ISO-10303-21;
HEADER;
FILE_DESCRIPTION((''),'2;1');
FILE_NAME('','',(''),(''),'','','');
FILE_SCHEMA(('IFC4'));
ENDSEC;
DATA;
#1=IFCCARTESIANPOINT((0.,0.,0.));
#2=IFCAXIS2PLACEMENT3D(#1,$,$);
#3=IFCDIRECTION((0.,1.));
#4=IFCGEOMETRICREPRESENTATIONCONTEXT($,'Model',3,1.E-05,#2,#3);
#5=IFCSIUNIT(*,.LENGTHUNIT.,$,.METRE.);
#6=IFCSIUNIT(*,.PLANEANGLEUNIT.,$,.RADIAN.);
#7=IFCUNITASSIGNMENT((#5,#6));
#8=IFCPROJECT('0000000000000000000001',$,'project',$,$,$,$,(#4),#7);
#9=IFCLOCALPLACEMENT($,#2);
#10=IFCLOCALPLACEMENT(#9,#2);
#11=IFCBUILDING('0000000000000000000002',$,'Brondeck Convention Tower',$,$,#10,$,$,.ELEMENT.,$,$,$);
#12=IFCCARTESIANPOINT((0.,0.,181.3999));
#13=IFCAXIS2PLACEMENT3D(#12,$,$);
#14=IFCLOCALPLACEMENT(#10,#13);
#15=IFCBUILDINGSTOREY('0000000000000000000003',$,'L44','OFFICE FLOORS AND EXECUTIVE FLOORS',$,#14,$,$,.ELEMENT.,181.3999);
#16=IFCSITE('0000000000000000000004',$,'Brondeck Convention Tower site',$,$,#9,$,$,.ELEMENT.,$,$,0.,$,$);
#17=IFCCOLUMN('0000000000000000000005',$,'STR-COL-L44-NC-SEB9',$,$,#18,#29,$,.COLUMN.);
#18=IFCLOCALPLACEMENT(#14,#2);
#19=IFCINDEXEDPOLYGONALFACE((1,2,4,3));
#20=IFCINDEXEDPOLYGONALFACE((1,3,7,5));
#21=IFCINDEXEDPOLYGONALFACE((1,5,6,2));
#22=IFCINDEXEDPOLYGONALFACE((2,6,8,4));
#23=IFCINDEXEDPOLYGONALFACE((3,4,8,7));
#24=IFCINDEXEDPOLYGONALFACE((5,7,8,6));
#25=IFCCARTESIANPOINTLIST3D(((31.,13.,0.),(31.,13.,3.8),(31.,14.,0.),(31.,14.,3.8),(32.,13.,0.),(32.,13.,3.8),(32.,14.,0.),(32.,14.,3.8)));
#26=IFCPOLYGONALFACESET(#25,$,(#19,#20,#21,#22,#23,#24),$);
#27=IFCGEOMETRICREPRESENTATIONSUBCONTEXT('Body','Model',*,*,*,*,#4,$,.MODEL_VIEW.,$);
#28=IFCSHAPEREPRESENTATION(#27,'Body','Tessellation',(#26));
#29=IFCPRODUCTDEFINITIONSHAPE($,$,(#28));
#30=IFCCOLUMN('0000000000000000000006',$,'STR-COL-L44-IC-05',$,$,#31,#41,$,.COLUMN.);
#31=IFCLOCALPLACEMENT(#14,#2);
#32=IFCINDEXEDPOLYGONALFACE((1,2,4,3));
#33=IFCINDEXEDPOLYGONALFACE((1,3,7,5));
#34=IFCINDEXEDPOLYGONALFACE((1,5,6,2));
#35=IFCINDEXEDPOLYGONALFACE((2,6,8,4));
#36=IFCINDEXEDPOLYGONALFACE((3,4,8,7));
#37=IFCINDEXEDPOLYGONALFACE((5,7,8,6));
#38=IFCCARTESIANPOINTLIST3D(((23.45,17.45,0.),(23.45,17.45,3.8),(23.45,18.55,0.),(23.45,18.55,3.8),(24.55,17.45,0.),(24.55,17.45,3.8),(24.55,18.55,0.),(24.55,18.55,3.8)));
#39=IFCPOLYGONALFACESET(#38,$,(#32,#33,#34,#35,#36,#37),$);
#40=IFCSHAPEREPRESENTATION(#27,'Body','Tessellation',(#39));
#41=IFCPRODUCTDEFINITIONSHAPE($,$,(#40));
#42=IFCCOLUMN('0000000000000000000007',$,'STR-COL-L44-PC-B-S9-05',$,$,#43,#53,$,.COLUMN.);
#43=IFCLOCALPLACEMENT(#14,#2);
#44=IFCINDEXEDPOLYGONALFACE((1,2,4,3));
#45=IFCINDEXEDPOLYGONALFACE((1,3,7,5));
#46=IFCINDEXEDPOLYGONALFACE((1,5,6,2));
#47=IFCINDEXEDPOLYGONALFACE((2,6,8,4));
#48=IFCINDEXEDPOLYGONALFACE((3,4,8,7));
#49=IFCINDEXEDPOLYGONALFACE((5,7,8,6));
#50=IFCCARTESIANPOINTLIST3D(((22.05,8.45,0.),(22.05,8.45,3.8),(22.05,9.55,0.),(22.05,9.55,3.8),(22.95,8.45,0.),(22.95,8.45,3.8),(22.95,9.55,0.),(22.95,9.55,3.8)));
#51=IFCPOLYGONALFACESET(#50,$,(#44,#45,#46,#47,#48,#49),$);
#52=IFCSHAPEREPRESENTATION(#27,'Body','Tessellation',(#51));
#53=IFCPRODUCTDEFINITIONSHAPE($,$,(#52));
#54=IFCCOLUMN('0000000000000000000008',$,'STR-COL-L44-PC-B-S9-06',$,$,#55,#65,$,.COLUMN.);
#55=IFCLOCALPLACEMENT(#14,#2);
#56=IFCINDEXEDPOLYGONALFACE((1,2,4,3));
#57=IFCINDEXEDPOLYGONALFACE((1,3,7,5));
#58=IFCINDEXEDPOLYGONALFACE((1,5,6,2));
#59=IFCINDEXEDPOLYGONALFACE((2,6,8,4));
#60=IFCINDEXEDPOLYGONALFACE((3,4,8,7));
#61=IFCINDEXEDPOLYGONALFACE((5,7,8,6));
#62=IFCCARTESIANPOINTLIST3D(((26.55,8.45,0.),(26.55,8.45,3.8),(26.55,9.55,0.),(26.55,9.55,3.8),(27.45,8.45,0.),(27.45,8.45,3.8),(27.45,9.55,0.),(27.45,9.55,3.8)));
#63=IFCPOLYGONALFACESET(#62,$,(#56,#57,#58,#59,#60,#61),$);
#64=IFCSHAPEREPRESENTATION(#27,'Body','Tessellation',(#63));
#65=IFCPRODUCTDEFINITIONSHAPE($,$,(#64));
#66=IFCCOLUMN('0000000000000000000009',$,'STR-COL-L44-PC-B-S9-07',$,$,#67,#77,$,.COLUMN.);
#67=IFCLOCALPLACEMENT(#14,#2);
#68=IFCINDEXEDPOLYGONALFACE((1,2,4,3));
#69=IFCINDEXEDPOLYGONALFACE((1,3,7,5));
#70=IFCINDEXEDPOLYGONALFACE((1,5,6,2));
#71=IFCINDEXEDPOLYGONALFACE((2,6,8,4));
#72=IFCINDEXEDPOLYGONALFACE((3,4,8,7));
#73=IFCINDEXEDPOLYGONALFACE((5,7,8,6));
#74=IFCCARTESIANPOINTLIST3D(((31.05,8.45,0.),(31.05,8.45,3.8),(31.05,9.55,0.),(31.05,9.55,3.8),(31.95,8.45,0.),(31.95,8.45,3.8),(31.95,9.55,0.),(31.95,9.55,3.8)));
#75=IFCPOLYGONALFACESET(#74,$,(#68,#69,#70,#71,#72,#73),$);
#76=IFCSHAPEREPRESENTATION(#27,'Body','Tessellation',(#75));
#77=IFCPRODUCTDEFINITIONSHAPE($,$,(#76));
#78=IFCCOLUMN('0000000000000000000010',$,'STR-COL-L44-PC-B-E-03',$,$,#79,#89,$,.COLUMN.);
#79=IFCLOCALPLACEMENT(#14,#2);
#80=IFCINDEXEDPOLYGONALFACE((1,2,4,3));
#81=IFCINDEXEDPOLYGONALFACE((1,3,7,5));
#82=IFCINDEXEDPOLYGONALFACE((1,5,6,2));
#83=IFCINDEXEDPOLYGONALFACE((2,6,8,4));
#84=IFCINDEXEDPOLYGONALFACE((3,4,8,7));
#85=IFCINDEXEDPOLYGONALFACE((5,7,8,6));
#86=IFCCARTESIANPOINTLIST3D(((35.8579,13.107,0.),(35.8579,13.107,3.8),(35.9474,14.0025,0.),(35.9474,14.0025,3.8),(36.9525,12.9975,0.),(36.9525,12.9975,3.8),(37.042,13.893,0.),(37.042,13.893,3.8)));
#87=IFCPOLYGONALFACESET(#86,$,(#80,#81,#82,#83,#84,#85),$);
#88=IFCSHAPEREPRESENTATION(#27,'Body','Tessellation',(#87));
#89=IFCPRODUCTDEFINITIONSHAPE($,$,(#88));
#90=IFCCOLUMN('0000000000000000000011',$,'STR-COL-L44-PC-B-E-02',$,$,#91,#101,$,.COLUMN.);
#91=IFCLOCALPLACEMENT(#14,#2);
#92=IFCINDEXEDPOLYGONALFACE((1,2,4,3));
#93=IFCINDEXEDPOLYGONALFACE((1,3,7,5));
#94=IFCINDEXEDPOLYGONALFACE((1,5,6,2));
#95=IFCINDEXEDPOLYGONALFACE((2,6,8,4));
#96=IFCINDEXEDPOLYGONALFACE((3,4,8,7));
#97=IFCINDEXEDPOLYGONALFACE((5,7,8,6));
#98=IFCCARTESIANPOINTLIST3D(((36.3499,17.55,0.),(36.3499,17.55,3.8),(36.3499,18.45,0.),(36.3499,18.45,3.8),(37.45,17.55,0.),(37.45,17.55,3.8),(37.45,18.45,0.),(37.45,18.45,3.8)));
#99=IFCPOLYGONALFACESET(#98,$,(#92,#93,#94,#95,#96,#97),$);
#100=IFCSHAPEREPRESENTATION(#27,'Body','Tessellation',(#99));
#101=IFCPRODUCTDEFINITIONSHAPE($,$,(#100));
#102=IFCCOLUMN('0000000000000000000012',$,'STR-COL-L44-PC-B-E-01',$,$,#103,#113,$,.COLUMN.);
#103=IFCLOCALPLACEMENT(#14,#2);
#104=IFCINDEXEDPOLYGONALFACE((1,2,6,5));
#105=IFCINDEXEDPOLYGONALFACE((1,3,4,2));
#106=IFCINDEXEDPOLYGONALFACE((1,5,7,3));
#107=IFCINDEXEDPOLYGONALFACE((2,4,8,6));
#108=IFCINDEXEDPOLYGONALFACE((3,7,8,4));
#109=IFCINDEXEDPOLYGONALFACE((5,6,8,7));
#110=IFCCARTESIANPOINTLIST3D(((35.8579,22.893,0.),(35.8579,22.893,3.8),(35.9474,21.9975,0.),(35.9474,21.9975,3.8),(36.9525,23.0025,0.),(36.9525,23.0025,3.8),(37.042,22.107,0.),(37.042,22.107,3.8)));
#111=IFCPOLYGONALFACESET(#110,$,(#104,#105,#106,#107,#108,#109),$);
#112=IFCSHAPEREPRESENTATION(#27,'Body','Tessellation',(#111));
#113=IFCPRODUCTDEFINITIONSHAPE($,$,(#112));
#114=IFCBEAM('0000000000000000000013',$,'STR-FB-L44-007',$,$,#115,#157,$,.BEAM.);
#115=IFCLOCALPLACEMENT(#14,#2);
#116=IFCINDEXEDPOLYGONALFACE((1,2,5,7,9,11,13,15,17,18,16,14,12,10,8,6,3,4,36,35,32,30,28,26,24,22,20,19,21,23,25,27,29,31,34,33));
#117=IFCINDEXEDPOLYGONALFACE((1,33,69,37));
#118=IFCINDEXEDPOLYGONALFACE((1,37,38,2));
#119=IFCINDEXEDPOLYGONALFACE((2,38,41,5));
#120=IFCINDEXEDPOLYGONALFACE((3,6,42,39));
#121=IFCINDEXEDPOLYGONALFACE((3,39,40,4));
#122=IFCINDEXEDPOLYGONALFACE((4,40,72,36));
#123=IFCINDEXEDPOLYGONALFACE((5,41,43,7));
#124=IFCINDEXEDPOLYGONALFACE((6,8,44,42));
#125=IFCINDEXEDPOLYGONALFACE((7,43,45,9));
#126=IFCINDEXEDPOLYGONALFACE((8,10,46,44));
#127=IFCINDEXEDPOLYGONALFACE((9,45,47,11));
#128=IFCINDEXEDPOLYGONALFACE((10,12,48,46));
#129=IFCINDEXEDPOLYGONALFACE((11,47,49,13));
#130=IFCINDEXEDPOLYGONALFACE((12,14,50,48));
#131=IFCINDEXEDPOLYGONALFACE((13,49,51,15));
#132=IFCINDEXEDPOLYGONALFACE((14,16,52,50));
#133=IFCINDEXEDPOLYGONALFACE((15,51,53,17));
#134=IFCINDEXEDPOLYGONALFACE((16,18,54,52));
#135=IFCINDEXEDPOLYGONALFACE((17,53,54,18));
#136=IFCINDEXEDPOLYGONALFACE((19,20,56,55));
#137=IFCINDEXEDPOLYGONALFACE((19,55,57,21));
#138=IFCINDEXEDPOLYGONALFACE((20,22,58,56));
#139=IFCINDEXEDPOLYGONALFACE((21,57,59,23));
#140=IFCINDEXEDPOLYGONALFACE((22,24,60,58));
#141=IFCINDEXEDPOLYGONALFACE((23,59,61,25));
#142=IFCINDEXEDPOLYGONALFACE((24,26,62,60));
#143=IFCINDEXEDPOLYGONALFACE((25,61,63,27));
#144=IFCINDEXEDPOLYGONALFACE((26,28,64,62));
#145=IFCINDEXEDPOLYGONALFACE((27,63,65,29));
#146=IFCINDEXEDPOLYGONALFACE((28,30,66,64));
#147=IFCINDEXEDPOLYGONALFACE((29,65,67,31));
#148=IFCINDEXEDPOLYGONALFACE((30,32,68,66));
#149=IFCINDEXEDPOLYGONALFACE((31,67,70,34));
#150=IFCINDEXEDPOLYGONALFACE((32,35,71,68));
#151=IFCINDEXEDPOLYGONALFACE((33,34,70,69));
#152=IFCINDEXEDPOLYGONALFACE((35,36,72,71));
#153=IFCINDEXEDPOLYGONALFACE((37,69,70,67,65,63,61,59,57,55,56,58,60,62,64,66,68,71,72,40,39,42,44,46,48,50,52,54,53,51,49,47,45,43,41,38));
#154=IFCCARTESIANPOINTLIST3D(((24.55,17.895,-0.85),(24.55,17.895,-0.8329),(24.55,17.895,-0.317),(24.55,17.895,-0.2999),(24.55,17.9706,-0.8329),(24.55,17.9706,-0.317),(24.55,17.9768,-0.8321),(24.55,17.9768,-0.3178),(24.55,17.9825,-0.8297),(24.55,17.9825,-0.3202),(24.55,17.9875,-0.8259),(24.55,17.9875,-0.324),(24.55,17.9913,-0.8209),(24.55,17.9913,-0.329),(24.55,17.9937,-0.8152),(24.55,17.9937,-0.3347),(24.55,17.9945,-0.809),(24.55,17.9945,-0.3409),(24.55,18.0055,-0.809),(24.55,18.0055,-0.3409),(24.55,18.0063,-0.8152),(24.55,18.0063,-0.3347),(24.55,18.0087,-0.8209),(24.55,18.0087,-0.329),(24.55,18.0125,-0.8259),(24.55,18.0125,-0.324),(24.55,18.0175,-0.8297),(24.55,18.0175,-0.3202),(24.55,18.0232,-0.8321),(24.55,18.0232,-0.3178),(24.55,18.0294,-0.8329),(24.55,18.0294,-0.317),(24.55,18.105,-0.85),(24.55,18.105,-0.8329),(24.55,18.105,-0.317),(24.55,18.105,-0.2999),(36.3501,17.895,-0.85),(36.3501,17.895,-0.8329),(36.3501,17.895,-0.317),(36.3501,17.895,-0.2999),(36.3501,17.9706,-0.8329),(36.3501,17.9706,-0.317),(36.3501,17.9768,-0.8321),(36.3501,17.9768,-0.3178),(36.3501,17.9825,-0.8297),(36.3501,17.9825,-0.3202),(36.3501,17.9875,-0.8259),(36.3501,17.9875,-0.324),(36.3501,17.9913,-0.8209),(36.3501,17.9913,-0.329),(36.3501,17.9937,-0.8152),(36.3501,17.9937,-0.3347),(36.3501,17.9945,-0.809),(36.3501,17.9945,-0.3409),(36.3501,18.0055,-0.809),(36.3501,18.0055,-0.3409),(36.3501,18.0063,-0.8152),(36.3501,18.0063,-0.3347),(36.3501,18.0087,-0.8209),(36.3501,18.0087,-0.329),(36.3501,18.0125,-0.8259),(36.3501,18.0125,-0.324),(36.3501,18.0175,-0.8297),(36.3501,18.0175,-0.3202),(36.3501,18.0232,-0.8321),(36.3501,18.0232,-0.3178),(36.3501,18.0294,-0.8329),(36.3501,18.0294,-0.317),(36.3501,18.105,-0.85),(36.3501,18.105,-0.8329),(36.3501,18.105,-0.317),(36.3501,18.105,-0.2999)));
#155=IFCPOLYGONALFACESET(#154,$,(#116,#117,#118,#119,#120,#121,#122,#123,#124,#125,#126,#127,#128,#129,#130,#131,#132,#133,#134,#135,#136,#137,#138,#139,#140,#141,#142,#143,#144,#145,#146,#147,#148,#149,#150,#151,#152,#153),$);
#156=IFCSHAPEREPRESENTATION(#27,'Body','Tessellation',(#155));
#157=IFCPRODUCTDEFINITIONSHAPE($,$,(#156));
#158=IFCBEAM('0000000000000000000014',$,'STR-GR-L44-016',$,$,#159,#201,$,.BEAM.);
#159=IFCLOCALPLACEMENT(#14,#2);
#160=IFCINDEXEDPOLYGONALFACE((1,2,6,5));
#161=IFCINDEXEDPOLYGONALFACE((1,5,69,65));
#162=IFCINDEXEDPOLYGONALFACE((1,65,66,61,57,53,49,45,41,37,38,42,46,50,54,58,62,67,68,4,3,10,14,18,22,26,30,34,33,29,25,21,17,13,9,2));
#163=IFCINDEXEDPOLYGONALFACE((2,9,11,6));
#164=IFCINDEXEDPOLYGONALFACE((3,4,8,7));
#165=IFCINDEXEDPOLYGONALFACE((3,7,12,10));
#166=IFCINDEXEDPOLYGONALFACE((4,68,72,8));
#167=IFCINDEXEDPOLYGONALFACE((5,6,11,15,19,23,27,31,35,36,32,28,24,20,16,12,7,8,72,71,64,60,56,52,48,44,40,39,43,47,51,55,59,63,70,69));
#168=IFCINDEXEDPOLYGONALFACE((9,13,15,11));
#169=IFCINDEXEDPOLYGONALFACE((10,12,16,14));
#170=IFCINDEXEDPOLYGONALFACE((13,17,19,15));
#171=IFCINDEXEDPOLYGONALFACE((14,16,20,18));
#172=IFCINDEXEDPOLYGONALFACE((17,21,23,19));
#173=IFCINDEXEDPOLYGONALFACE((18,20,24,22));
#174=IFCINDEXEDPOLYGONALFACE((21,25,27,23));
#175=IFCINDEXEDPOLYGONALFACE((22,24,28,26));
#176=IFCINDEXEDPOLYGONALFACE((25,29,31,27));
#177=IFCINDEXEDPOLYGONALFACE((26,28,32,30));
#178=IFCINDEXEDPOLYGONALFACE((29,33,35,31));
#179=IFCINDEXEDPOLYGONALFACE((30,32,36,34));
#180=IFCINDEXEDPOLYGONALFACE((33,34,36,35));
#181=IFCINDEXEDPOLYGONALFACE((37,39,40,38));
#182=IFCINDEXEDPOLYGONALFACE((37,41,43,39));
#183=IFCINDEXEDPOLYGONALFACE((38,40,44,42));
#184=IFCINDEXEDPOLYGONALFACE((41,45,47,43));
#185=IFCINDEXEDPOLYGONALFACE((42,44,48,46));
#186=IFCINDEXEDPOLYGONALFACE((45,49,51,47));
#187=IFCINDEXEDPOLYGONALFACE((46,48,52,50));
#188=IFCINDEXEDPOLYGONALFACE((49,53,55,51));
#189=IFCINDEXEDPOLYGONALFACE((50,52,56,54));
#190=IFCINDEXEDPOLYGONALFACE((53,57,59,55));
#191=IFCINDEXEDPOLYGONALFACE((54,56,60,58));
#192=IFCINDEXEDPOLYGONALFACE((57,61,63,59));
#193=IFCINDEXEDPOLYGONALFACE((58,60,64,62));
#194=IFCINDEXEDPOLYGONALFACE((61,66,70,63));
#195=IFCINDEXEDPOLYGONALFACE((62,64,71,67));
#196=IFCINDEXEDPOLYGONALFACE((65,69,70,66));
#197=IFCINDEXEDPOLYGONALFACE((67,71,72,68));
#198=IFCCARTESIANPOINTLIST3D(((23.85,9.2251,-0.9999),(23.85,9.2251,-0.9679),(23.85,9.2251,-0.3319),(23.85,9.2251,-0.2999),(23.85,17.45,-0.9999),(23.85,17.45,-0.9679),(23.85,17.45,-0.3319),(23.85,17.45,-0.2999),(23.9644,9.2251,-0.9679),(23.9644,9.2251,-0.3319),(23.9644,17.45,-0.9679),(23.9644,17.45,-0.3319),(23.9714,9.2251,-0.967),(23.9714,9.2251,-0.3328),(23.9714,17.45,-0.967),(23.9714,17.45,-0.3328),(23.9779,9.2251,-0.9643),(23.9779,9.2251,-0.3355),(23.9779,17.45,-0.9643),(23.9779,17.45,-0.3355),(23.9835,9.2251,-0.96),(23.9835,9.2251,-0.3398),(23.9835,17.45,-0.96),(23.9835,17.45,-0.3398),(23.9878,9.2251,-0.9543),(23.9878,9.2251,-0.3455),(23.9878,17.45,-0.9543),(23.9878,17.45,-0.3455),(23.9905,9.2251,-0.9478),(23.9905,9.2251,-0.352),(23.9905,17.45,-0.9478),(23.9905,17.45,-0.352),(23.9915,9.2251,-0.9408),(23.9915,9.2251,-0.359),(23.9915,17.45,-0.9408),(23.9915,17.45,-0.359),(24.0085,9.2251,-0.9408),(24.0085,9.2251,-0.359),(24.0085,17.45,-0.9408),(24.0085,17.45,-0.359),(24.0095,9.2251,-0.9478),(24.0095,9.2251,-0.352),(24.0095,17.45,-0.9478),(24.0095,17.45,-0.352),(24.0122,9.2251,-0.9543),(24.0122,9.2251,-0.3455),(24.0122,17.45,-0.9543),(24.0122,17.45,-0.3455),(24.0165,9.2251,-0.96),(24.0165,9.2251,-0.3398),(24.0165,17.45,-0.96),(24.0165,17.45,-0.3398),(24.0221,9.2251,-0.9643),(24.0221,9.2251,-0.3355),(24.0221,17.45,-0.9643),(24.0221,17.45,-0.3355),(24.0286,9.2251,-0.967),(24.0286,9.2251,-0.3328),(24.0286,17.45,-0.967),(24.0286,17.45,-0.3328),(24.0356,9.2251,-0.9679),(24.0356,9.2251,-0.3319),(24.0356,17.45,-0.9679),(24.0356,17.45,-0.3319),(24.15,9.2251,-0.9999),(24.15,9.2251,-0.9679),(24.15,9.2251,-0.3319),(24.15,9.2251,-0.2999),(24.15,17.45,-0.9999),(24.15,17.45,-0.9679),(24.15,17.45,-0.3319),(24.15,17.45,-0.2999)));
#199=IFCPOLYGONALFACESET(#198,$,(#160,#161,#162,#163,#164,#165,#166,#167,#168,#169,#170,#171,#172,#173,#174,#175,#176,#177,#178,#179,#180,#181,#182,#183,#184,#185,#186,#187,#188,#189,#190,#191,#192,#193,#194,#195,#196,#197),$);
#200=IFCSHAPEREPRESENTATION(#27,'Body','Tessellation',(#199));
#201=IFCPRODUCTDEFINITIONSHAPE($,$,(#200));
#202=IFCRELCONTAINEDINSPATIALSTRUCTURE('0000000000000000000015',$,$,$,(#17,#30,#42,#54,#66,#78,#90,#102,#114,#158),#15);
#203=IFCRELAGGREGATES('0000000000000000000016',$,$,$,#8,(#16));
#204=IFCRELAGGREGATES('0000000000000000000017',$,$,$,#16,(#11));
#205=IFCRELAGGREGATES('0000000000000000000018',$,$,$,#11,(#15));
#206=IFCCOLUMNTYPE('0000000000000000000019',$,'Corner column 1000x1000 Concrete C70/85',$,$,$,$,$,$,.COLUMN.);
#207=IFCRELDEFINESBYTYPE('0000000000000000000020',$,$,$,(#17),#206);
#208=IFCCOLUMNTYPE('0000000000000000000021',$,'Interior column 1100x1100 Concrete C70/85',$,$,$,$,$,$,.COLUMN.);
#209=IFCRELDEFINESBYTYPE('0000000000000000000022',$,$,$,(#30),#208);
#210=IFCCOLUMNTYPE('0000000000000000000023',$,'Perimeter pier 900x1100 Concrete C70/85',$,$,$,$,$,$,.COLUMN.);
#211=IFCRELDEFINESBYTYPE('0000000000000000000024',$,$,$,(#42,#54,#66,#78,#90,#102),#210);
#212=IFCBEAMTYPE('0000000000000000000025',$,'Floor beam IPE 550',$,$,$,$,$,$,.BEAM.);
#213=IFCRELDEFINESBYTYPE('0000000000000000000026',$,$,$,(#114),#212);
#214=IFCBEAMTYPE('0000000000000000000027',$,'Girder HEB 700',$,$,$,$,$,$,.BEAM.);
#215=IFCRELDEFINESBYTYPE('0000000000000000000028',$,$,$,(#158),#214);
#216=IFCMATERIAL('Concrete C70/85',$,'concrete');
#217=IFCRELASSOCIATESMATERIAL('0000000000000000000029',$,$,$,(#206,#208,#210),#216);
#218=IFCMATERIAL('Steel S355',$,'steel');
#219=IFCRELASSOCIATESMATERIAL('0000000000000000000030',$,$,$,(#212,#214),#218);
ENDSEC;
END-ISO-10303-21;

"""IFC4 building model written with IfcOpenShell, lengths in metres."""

from ifc_helpers import new_model, si_unit, direction, frame, origin, origin_2d, place, context, subcontext, project, spatial, rectangle, i_section, extrude, material, material_profile, profile_set, type_object, element, save


model = new_model("IFC4")

# Units and contexts
model_context = context("Model", 3, precision=1e-05, world=origin(), true_north=direction((0.0, 1.0)))
body_context = subcontext(model_context, "Body", "Model", "MODEL_VIEW")
ifc_project = project(units=[si_unit("LENGTHUNIT", "METRE"), si_unit("PLANEANGLEUNIT", "RADIAN")], contexts=[model_context])

# Site, building, storey
site_placement = place(None, origin())
site = spatial("IfcSite", under=ifc_project, at=site_placement, Name="Brondeck Convention Tower site", CompositionType="ELEMENT", RefElevation=0.0)
building_placement = place(site_placement, origin())
building = spatial("IfcBuilding", under=site, at=building_placement, Name="Brondeck Convention Tower", CompositionType="ELEMENT")
storey_placement = place(building_placement, frame((0.0, 0.0, 181.3999)))
storey = spatial("IfcBuildingStorey", under=building, at=storey_placement, Name="L44", Description="OFFICE FLOORS AND EXECUTIVE FLOORS", CompositionType="ELEMENT", Elevation=181.3999)

# Columns
ifc_material_1 = material(Name="Concrete C70/85", Category="concrete")
ifc_material_profile_1 = material_profile(ifc_material_1, rectangle(XDim=1.0, YDim=1.0, at=origin_2d()), Name="Corner column 1000x1000 Concrete C70/85")
ifc_profile_set_1 = profile_set([ifc_material_profile_1], Name="Concrete C70/85")
column_type_1 = type_object("IfcColumnType", Name="Corner column 1000x1000 Concrete C70/85", PredefinedType="COLUMN", material=ifc_profile_set_1)
column_1_placement = place(storey_placement, frame((31.5, 13.5, 0.0), z_axis=(0.0, 0.0, 1.0), x_axis=(1.0, 0.0, 0.0)))
element("IfcColumn", 1, at=column_1_placement, inside=storey, type_object=column_type_1, Name="STR-COL-L44-NC-SEB9", PredefinedType="COLUMN", context=body_context, shape_type="SweptSolid", body=[
    extrude(rectangle(XDim=1.0, YDim=1.0, at=origin_2d()), origin(), (0.0, 0.0, 1.0), 3.8),
])
ifc_material_profile_2 = material_profile(ifc_material_1, rectangle(XDim=1.1001, YDim=1.1001, at=origin_2d()), Name="Interior column 1100x1100 Concrete C70/85")
ifc_profile_set_2 = profile_set([ifc_material_profile_2], Name="Concrete C70/85")
column_type_2 = type_object("IfcColumnType", Name="Interior column 1100x1100 Concrete C70/85", PredefinedType="COLUMN", material=ifc_profile_set_2)
column_2_placement = place(storey_placement, frame((24.0, 18.0, 0.0), z_axis=(0.0, 0.0, 1.0), x_axis=(1.0, 0.0, 0.0)))
element("IfcColumn", 2, at=column_2_placement, inside=storey, type_object=column_type_2, Name="STR-COL-L44-IC-05", PredefinedType="COLUMN", context=body_context, shape_type="SweptSolid", body=[
    extrude(rectangle(XDim=1.1001, YDim=1.1001, at=origin_2d()), origin(), (0.0, 0.0, 1.0), 3.8),
])
ifc_material_profile_3 = material_profile(ifc_material_1, rectangle(XDim=0.8999, YDim=1.1001, at=origin_2d()), Name="Perimeter pier 900x1100 Concrete C70/85")
ifc_profile_set_3 = profile_set([ifc_material_profile_3], Name="Concrete C70/85")
column_type_3 = type_object("IfcColumnType", Name="Perimeter pier 900x1100 Concrete C70/85", PredefinedType="COLUMN", material=ifc_profile_set_3)
for number, where, z_axis, x_axis, name in (
    (3, (22.5, 9.0, 0.0), (0.0, 0.0, 1.0), (1.0, 0.0, 0.0), "STR-COL-L44-PC-B-S9-05"),
    (4, (27.0, 9.0, 0.0), (0.0, 0.0, 1.0), (1.0, 0.0, 0.0), "STR-COL-L44-PC-B-S9-06"),
    (5, (31.5, 9.0, 0.0), (0.0, 0.0, 1.0), (1.0, 0.0, 0.0), "STR-COL-L44-PC-B-S9-07"),
    (6, (36.45, 13.5, 0.0), (0.0, 0.0, 1.0), (0.099504, 0.995037, 0.0), "STR-COL-L44-PC-B-E-03"),
    (7, (36.8999, 18.0, 0.0), (0.0, 0.0, 1.0), (0.0, 1.0, 0.0), "STR-COL-L44-PC-B-E-02"),
    (8, (36.45, 22.5, 0.0), (0.0, 0.0, 1.0), (-0.099504, 0.995037, 0.0), "STR-COL-L44-PC-B-E-01"),
):
    element("IfcColumn", number, at=place(storey_placement, frame(where, z_axis=z_axis, x_axis=x_axis)), inside=storey, type_object=column_type_3, Name=name, PredefinedType="COLUMN", context=body_context, shape_type="SweptSolid", body=[
        extrude(rectangle(XDim=0.8999, YDim=1.1001, at=origin_2d()), origin(), (0.0, 0.0, 1.0), 3.8),
    ])

# Beams
ifc_material_2 = material(Name="Steel S355", Category="steel")
ifc_material_profile_4 = material_profile(ifc_material_2, i_section(OverallWidth=0.21, OverallDepth=0.55, WebThickness=0.011, FlangeThickness=0.0171, FilletRadius=0.0239, at=origin_2d()), Name="IPE 550")
ifc_profile_set_4 = profile_set([ifc_material_profile_4], Name="Steel S355")
beam_type_1 = type_object("IfcBeamType", Name="Floor beam IPE 550", PredefinedType="BEAM", material=ifc_profile_set_4)
beam_1_placement = place(storey_placement, frame((24.55, 18.0, -0.575), z_axis=(1.0, 0.0, 0.0), x_axis=(0.0, 1.0, 0.0)))
element("IfcBeam", 9, at=beam_1_placement, inside=storey, type_object=beam_type_1, Name="STR-FB-L44-007", PredefinedType="BEAM", context=body_context, shape_type="SweptSolid", body=[
    extrude(i_section(OverallWidth=0.21, OverallDepth=0.55, WebThickness=0.011, FlangeThickness=0.0171, FilletRadius=0.0239, at=origin_2d()), origin(), (0.0, 0.0, 1.0), 11.8),
])
ifc_material_profile_5 = material_profile(ifc_material_2, i_section(OverallWidth=0.3, OverallDepth=0.7, WebThickness=0.0171, FlangeThickness=0.032, FilletRadius=0.0271, at=origin_2d()), Name="HEB 700")
ifc_profile_set_5 = profile_set([ifc_material_profile_5], Name="Steel S355")
beam_type_2 = type_object("IfcBeamType", Name="Girder HEB 700", PredefinedType="BEAM", material=ifc_profile_set_5)
beam_2_placement = place(storey_placement, frame((24.0, 17.45, -0.6499), z_axis=(0.0, -1.0, 0.0), x_axis=(1.0, 0.0, 0.0)))
element("IfcBeam", 10, at=beam_2_placement, inside=storey, type_object=beam_type_2, Name="STR-GR-L44-016", PredefinedType="BEAM", context=body_context, shape_type="SweptSolid", body=[
    extrude(i_section(OverallWidth=0.3, OverallDepth=0.7, WebThickness=0.0171, FlangeThickness=0.032, FilletRadius=0.0271, at=origin_2d()), origin(), (0.0, 0.0, 1.0), 8.2249),
])

save(model, "model.ifc")
